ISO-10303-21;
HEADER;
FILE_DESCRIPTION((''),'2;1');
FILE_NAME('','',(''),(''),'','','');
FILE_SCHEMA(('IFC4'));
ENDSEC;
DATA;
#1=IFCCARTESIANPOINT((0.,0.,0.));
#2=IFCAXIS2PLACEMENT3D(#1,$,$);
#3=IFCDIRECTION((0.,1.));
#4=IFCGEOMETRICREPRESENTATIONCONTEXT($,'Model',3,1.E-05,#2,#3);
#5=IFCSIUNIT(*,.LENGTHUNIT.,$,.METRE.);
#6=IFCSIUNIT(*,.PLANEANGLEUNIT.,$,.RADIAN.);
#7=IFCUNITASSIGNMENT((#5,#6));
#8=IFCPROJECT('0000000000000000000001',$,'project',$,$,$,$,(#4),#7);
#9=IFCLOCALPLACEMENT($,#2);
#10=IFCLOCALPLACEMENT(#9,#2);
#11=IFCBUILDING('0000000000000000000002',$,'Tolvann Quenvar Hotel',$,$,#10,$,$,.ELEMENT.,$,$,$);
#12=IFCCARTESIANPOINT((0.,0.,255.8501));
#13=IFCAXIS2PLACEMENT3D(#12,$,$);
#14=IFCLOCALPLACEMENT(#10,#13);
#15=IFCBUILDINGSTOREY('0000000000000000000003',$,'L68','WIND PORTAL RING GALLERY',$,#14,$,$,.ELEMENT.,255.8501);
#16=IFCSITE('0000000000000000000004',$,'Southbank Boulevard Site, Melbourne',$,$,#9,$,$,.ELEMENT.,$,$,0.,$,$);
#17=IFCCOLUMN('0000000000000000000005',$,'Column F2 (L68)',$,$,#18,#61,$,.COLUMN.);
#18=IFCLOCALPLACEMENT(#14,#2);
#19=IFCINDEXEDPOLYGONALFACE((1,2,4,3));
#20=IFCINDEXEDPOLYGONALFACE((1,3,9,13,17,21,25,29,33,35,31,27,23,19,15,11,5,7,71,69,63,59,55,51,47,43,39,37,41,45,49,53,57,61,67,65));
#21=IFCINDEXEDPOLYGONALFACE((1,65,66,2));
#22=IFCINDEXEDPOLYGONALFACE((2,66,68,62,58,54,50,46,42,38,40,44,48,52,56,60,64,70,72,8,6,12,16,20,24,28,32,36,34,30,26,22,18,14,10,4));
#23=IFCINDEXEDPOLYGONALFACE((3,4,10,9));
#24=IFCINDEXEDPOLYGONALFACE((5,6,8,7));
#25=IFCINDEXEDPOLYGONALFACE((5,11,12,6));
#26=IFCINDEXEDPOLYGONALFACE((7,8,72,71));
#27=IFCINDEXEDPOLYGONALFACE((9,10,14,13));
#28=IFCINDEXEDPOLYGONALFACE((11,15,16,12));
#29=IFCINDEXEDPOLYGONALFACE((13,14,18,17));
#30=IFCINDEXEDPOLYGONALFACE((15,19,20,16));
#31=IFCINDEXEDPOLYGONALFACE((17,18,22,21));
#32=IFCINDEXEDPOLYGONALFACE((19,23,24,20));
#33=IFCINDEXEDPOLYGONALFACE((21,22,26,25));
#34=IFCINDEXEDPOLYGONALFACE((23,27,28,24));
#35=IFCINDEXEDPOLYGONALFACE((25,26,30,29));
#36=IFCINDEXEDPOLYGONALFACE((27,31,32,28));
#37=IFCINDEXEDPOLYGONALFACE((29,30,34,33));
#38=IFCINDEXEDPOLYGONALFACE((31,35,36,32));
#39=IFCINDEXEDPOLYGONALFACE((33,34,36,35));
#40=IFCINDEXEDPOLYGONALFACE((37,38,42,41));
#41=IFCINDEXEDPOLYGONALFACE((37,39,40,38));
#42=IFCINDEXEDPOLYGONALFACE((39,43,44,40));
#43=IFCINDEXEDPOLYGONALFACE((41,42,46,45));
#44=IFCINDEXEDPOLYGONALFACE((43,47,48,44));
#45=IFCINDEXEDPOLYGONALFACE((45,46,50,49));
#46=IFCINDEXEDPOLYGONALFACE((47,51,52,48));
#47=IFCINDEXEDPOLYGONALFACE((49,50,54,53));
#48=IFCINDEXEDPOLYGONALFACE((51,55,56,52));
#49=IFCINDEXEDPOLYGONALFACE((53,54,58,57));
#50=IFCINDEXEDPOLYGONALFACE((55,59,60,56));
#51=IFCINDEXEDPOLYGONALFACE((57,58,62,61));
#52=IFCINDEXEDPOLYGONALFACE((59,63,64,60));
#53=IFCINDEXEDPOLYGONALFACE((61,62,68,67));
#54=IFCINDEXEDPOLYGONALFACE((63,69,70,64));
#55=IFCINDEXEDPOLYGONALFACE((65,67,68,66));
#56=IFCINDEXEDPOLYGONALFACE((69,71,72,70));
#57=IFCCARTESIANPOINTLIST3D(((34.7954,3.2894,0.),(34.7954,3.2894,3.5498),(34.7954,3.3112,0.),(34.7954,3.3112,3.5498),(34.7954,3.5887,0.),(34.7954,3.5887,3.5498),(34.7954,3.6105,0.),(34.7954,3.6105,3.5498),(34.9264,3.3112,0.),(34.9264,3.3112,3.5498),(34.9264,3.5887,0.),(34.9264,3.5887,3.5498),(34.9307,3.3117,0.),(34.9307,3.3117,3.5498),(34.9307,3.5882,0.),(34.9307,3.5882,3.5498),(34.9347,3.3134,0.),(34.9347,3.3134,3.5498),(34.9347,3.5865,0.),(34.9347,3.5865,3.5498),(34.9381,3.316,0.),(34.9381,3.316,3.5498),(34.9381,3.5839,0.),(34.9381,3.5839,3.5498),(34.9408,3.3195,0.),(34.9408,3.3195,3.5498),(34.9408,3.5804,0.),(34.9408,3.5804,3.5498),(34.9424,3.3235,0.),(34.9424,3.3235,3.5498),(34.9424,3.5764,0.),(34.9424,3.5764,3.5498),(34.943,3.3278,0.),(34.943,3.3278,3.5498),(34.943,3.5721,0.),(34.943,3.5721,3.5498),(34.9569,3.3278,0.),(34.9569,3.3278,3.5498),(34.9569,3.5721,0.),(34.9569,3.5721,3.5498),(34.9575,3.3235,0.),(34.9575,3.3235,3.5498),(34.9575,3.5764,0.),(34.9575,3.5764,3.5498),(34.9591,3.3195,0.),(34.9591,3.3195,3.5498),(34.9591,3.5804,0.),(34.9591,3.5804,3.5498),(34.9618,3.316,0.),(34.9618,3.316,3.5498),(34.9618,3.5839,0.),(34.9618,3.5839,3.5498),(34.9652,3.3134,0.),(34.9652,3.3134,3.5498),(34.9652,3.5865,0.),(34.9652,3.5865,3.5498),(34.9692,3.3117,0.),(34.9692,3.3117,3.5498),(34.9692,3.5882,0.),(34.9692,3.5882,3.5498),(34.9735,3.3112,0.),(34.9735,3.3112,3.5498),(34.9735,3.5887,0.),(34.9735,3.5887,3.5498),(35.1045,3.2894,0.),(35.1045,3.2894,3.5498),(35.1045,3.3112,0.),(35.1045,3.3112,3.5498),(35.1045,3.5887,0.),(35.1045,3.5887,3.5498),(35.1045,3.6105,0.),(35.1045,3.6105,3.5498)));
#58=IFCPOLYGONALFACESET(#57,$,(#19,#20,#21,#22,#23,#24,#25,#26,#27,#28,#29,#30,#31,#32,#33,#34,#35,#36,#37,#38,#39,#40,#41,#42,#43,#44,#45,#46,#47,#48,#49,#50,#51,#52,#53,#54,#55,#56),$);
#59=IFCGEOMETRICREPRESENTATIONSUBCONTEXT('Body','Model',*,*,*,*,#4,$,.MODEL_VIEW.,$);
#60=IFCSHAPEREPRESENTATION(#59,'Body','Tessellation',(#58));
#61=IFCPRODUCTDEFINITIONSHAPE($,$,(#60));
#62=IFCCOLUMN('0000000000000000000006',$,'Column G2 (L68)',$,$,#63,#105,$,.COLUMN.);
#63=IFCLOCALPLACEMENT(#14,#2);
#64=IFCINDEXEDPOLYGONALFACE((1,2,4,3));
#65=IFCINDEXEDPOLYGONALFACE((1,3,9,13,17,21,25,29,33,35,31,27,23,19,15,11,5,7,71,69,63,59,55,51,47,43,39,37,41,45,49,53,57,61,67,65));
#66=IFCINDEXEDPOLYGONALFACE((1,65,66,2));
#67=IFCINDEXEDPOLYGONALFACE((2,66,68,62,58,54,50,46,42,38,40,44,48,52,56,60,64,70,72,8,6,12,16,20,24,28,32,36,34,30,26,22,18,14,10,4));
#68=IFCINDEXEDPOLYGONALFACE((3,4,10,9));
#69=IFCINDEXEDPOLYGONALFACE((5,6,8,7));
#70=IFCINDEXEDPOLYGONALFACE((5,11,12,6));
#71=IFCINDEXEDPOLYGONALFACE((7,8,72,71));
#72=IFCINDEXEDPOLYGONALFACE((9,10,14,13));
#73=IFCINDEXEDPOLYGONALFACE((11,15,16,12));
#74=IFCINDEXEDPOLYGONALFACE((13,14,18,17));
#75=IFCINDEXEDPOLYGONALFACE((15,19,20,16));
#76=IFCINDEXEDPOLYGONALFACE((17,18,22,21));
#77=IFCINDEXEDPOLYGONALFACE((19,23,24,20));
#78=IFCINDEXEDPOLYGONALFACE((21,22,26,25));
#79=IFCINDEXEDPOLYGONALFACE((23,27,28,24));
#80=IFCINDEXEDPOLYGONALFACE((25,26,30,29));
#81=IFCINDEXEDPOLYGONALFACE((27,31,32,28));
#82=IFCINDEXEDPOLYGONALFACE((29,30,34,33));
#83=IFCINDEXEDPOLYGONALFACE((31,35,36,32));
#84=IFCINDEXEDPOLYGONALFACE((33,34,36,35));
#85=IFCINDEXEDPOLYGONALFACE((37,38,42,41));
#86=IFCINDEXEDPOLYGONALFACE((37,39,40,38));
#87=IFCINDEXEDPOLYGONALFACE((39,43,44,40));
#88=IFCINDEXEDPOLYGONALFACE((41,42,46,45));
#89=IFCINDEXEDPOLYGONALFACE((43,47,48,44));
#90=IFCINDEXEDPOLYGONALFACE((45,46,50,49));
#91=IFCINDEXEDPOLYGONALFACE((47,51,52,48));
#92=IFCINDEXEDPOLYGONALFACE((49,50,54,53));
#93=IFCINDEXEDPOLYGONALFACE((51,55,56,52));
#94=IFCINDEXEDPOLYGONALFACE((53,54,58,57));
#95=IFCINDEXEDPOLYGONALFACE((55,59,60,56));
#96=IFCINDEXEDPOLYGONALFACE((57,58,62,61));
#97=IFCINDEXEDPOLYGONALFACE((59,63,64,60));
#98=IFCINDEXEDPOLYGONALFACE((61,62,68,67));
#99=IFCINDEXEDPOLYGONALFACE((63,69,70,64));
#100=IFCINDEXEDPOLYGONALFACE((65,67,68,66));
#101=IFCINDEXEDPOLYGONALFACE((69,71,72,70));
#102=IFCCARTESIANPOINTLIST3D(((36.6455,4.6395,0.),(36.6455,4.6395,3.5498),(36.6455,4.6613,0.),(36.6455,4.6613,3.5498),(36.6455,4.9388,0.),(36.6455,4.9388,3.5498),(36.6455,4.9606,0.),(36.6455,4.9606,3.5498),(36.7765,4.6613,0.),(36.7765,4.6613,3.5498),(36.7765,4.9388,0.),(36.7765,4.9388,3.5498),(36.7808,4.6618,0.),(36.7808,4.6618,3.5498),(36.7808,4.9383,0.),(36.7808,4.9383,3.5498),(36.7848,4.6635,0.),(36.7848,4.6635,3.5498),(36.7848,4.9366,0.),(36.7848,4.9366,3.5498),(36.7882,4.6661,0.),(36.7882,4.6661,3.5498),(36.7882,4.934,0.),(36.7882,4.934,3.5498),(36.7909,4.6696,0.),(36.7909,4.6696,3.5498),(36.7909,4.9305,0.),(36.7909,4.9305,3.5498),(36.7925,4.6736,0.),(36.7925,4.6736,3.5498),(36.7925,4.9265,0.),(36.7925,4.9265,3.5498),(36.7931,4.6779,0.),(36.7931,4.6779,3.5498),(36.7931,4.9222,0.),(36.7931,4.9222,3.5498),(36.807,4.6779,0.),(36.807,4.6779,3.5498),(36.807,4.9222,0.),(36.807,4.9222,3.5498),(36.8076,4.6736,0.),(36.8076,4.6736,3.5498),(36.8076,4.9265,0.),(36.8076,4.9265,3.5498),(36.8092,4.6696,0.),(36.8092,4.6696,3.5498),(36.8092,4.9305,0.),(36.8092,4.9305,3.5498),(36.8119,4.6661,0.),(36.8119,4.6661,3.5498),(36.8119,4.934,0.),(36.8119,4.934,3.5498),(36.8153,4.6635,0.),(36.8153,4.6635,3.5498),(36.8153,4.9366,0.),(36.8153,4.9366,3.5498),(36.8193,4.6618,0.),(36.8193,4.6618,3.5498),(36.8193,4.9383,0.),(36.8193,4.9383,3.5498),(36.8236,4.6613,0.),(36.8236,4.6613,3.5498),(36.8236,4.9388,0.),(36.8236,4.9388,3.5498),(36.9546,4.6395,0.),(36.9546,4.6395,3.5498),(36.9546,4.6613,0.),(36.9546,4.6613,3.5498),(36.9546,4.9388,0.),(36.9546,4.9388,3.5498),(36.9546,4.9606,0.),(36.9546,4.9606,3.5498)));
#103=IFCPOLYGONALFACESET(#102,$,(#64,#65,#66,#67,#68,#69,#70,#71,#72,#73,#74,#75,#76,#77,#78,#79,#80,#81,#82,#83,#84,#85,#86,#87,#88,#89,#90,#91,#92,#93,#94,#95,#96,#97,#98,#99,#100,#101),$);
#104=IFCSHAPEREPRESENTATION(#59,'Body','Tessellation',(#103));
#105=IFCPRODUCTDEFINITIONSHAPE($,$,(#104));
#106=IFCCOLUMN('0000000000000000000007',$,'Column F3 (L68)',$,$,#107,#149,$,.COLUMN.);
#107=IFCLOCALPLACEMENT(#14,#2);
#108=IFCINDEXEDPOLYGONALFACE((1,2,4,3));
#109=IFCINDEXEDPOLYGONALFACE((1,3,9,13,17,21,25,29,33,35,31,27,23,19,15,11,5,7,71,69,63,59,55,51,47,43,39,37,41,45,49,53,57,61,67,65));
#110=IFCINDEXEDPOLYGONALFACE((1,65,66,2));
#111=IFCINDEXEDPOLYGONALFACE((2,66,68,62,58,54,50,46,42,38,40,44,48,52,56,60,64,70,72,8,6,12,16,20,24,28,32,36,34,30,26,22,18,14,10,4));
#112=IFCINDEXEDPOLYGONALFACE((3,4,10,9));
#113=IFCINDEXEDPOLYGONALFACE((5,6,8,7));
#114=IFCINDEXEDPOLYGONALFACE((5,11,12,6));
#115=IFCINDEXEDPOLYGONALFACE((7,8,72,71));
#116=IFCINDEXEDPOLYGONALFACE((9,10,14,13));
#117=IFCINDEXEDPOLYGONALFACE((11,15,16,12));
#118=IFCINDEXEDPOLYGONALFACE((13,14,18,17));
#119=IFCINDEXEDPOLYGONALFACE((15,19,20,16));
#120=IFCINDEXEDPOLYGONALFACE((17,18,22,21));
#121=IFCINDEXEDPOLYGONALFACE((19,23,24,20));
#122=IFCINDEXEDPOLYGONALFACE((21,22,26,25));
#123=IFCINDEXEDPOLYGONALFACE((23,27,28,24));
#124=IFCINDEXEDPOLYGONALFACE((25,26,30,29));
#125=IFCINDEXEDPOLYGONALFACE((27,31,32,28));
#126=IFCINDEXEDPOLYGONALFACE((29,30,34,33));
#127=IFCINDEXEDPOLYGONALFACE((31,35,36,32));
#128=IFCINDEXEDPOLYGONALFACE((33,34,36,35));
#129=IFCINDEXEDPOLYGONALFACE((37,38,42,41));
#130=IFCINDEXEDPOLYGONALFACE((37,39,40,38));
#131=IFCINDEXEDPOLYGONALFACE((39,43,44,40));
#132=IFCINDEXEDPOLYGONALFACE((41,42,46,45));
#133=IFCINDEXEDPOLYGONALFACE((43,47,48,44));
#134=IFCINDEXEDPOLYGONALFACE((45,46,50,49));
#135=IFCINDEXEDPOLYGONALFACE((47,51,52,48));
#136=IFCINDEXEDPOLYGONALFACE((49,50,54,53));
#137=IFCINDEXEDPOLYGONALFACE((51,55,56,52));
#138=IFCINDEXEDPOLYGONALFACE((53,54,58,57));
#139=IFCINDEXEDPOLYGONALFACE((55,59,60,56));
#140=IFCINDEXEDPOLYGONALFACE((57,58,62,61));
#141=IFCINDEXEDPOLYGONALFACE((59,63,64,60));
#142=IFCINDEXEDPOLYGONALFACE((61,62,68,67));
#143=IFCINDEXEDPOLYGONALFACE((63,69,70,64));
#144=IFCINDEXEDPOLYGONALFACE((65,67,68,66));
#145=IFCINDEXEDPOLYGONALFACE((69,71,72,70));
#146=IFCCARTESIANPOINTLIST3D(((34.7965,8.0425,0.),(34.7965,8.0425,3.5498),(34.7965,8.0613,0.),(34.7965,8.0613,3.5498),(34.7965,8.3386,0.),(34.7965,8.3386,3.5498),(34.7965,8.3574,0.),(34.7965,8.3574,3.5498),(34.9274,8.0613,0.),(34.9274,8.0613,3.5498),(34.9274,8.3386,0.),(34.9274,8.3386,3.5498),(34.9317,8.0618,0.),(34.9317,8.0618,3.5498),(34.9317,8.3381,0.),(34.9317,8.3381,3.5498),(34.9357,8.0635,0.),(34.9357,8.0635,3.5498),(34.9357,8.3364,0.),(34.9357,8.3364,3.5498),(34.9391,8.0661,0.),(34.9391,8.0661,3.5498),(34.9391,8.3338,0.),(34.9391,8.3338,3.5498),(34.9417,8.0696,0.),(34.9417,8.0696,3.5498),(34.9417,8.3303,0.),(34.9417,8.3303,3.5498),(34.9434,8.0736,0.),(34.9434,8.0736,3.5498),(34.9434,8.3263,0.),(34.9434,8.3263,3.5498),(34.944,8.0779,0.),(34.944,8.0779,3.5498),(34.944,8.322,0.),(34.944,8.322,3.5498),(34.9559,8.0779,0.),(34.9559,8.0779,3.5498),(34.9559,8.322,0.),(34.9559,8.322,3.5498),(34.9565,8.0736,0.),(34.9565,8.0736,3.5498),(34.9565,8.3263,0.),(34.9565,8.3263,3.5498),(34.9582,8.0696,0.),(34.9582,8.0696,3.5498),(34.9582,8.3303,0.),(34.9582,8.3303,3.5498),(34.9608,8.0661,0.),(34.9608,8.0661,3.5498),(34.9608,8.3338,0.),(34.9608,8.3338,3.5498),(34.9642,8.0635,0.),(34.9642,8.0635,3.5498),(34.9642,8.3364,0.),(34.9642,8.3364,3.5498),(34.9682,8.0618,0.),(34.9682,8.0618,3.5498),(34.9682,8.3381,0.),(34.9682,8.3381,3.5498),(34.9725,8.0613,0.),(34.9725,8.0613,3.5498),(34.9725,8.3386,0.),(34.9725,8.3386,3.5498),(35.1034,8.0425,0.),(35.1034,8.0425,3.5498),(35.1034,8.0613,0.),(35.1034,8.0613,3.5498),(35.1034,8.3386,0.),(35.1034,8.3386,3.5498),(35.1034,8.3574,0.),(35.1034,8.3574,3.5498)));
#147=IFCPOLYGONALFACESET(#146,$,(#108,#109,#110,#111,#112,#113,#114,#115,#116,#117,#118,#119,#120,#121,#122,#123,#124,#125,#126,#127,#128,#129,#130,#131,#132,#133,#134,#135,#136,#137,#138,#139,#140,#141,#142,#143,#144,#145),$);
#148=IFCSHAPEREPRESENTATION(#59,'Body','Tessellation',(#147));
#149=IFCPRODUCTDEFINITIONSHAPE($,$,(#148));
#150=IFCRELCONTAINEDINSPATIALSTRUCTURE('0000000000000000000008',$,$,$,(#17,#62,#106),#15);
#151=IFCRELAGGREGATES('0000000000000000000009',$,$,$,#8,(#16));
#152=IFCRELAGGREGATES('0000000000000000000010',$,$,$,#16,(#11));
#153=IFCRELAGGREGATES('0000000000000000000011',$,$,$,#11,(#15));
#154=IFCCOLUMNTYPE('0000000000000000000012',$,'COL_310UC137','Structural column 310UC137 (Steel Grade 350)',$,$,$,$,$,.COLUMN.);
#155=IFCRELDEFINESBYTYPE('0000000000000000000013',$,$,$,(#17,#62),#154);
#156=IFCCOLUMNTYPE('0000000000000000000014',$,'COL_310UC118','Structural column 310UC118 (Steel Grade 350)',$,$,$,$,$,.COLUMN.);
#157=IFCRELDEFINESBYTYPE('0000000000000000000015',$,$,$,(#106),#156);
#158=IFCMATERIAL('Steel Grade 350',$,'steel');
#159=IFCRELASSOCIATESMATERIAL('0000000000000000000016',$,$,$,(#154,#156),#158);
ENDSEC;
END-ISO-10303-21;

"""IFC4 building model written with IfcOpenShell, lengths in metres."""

from ifc_helpers import new_model, si_unit, direction, frame, origin, origin_2d, place, context, subcontext, project, spatial, i_section, extrude, source, transform, mapped, material, material_profile, profile_set, type_object, type_shapes, element, save


model = new_model("IFC4")

# Units and contexts
model_context = context("Model", 3, precision=1e-05, world=origin(), true_north=direction((0.0, 1.0)))
body_context = subcontext(model_context, "Body", "Model", "MODEL_VIEW")
ifc_project = project(units=[si_unit("LENGTHUNIT", "METRE"), si_unit("PLANEANGLEUNIT", "RADIAN")], contexts=[model_context])

# Site, building, storey
site_placement = place(None, origin())
site = spatial("IfcSite", under=ifc_project, at=site_placement, Name="Southbank Boulevard Site, Melbourne", CompositionType="ELEMENT", RefElevation=0.0)
building_placement = place(site_placement, origin())
building = spatial("IfcBuilding", under=site, at=building_placement, Name="Tolvann Quenvar Hotel", CompositionType="ELEMENT")
storey_placement = place(building_placement, frame((0.0, 0.0, 255.8501)))
storey = spatial("IfcBuildingStorey", under=building, at=storey_placement, Name="L68", Description="WIND PORTAL RING GALLERY", CompositionType="ELEMENT", Elevation=255.8501)

# Columns
ifc_material_1 = material(Name="Steel Grade 350", Category="steel")
ifc_material_profile_1 = material_profile(ifc_material_1, i_section(OverallWidth=0.3091, OverallDepth=0.321, WebThickness=0.0139, FlangeThickness=0.0217, FilletRadius=0.0166, at=origin_2d()), Name="310UC137")
ifc_profile_set_1 = profile_set([ifc_material_profile_1], Name="Steel Grade 350")
column_type_1 = type_object("IfcColumnType", Name="COL_310UC137", Description="Structural column 310UC137 (Steel Grade 350)", PredefinedType="COLUMN", material=ifc_profile_set_1)
shared_shape_1 = source(origin(), body_context, "Body", "SweptSolid", [
    extrude(i_section(OverallWidth=0.3091, OverallDepth=0.321, WebThickness=0.0139, FlangeThickness=0.0217, FilletRadius=0.0166, at=origin_2d()), origin(), (0.0, 0.0, 1.0), 3.5498),
])
type_shapes(column_type_1, [shared_shape_1])
for number, where, z_axis, x_axis, name in (
    (1, (34.95, 3.45, 0.0), (0.0, 0.0, 1.0), (1.0, 0.0, 0.0), "Column F2 (L68)"),
    (2, (36.8, 4.8, 0.0), (0.0, 0.0, 1.0), (1.0, 0.0, 0.0), "Column G2 (L68)"),
):
    element("IfcColumn", number, at=place(storey_placement, frame(where, z_axis=z_axis, x_axis=x_axis)), inside=storey, type_object=column_type_1, Name=name, PredefinedType="COLUMN", context=body_context, shape_type="MappedRepresentation", body=[
        mapped(shared_shape_1, transform((0.0, 0.0, 0.0), x_axis=(1.0, 0.0, 0.0), y_axis=(0.0, 1.0, 0.0), z_axis=(0.0, 0.0, 1.0), scale=1.0)),
    ])
ifc_material_profile_2 = material_profile(ifc_material_1, i_section(OverallWidth=0.3069, OverallDepth=0.3149, WebThickness=0.012, FlangeThickness=0.0188, FilletRadius=0.0166, at=origin_2d()), Name="310UC118")
ifc_profile_set_2 = profile_set([ifc_material_profile_2], Name="Steel Grade 350")
column_type_2 = type_object("IfcColumnType", Name="COL_310UC118", Description="Structural column 310UC118 (Steel Grade 350)", PredefinedType="COLUMN", material=ifc_profile_set_2)
shared_shape_2 = source(origin(), body_context, "Body", "SweptSolid", [
    extrude(i_section(OverallWidth=0.3069, OverallDepth=0.3149, WebThickness=0.012, FlangeThickness=0.0188, FilletRadius=0.0166, at=origin_2d()), origin(), (0.0, 0.0, 1.0), 3.5498),
])
type_shapes(column_type_2, [shared_shape_2])
column_placement = place(storey_placement, frame((34.95, 8.2, 0.0), z_axis=(0.0, 0.0, 1.0), x_axis=(1.0, 0.0, 0.0)))
element("IfcColumn", 3, at=column_placement, inside=storey, type_object=column_type_2, Name="Column F3 (L68)", PredefinedType="COLUMN", context=body_context, shape_type="MappedRepresentation", body=[
    mapped(shared_shape_2, transform((0.0, 0.0, 0.0), x_axis=(1.0, 0.0, 0.0), y_axis=(0.0, 1.0, 0.0), z_axis=(0.0, 0.0, 1.0), scale=1.0)),
])

save(model, "model.ifc")
